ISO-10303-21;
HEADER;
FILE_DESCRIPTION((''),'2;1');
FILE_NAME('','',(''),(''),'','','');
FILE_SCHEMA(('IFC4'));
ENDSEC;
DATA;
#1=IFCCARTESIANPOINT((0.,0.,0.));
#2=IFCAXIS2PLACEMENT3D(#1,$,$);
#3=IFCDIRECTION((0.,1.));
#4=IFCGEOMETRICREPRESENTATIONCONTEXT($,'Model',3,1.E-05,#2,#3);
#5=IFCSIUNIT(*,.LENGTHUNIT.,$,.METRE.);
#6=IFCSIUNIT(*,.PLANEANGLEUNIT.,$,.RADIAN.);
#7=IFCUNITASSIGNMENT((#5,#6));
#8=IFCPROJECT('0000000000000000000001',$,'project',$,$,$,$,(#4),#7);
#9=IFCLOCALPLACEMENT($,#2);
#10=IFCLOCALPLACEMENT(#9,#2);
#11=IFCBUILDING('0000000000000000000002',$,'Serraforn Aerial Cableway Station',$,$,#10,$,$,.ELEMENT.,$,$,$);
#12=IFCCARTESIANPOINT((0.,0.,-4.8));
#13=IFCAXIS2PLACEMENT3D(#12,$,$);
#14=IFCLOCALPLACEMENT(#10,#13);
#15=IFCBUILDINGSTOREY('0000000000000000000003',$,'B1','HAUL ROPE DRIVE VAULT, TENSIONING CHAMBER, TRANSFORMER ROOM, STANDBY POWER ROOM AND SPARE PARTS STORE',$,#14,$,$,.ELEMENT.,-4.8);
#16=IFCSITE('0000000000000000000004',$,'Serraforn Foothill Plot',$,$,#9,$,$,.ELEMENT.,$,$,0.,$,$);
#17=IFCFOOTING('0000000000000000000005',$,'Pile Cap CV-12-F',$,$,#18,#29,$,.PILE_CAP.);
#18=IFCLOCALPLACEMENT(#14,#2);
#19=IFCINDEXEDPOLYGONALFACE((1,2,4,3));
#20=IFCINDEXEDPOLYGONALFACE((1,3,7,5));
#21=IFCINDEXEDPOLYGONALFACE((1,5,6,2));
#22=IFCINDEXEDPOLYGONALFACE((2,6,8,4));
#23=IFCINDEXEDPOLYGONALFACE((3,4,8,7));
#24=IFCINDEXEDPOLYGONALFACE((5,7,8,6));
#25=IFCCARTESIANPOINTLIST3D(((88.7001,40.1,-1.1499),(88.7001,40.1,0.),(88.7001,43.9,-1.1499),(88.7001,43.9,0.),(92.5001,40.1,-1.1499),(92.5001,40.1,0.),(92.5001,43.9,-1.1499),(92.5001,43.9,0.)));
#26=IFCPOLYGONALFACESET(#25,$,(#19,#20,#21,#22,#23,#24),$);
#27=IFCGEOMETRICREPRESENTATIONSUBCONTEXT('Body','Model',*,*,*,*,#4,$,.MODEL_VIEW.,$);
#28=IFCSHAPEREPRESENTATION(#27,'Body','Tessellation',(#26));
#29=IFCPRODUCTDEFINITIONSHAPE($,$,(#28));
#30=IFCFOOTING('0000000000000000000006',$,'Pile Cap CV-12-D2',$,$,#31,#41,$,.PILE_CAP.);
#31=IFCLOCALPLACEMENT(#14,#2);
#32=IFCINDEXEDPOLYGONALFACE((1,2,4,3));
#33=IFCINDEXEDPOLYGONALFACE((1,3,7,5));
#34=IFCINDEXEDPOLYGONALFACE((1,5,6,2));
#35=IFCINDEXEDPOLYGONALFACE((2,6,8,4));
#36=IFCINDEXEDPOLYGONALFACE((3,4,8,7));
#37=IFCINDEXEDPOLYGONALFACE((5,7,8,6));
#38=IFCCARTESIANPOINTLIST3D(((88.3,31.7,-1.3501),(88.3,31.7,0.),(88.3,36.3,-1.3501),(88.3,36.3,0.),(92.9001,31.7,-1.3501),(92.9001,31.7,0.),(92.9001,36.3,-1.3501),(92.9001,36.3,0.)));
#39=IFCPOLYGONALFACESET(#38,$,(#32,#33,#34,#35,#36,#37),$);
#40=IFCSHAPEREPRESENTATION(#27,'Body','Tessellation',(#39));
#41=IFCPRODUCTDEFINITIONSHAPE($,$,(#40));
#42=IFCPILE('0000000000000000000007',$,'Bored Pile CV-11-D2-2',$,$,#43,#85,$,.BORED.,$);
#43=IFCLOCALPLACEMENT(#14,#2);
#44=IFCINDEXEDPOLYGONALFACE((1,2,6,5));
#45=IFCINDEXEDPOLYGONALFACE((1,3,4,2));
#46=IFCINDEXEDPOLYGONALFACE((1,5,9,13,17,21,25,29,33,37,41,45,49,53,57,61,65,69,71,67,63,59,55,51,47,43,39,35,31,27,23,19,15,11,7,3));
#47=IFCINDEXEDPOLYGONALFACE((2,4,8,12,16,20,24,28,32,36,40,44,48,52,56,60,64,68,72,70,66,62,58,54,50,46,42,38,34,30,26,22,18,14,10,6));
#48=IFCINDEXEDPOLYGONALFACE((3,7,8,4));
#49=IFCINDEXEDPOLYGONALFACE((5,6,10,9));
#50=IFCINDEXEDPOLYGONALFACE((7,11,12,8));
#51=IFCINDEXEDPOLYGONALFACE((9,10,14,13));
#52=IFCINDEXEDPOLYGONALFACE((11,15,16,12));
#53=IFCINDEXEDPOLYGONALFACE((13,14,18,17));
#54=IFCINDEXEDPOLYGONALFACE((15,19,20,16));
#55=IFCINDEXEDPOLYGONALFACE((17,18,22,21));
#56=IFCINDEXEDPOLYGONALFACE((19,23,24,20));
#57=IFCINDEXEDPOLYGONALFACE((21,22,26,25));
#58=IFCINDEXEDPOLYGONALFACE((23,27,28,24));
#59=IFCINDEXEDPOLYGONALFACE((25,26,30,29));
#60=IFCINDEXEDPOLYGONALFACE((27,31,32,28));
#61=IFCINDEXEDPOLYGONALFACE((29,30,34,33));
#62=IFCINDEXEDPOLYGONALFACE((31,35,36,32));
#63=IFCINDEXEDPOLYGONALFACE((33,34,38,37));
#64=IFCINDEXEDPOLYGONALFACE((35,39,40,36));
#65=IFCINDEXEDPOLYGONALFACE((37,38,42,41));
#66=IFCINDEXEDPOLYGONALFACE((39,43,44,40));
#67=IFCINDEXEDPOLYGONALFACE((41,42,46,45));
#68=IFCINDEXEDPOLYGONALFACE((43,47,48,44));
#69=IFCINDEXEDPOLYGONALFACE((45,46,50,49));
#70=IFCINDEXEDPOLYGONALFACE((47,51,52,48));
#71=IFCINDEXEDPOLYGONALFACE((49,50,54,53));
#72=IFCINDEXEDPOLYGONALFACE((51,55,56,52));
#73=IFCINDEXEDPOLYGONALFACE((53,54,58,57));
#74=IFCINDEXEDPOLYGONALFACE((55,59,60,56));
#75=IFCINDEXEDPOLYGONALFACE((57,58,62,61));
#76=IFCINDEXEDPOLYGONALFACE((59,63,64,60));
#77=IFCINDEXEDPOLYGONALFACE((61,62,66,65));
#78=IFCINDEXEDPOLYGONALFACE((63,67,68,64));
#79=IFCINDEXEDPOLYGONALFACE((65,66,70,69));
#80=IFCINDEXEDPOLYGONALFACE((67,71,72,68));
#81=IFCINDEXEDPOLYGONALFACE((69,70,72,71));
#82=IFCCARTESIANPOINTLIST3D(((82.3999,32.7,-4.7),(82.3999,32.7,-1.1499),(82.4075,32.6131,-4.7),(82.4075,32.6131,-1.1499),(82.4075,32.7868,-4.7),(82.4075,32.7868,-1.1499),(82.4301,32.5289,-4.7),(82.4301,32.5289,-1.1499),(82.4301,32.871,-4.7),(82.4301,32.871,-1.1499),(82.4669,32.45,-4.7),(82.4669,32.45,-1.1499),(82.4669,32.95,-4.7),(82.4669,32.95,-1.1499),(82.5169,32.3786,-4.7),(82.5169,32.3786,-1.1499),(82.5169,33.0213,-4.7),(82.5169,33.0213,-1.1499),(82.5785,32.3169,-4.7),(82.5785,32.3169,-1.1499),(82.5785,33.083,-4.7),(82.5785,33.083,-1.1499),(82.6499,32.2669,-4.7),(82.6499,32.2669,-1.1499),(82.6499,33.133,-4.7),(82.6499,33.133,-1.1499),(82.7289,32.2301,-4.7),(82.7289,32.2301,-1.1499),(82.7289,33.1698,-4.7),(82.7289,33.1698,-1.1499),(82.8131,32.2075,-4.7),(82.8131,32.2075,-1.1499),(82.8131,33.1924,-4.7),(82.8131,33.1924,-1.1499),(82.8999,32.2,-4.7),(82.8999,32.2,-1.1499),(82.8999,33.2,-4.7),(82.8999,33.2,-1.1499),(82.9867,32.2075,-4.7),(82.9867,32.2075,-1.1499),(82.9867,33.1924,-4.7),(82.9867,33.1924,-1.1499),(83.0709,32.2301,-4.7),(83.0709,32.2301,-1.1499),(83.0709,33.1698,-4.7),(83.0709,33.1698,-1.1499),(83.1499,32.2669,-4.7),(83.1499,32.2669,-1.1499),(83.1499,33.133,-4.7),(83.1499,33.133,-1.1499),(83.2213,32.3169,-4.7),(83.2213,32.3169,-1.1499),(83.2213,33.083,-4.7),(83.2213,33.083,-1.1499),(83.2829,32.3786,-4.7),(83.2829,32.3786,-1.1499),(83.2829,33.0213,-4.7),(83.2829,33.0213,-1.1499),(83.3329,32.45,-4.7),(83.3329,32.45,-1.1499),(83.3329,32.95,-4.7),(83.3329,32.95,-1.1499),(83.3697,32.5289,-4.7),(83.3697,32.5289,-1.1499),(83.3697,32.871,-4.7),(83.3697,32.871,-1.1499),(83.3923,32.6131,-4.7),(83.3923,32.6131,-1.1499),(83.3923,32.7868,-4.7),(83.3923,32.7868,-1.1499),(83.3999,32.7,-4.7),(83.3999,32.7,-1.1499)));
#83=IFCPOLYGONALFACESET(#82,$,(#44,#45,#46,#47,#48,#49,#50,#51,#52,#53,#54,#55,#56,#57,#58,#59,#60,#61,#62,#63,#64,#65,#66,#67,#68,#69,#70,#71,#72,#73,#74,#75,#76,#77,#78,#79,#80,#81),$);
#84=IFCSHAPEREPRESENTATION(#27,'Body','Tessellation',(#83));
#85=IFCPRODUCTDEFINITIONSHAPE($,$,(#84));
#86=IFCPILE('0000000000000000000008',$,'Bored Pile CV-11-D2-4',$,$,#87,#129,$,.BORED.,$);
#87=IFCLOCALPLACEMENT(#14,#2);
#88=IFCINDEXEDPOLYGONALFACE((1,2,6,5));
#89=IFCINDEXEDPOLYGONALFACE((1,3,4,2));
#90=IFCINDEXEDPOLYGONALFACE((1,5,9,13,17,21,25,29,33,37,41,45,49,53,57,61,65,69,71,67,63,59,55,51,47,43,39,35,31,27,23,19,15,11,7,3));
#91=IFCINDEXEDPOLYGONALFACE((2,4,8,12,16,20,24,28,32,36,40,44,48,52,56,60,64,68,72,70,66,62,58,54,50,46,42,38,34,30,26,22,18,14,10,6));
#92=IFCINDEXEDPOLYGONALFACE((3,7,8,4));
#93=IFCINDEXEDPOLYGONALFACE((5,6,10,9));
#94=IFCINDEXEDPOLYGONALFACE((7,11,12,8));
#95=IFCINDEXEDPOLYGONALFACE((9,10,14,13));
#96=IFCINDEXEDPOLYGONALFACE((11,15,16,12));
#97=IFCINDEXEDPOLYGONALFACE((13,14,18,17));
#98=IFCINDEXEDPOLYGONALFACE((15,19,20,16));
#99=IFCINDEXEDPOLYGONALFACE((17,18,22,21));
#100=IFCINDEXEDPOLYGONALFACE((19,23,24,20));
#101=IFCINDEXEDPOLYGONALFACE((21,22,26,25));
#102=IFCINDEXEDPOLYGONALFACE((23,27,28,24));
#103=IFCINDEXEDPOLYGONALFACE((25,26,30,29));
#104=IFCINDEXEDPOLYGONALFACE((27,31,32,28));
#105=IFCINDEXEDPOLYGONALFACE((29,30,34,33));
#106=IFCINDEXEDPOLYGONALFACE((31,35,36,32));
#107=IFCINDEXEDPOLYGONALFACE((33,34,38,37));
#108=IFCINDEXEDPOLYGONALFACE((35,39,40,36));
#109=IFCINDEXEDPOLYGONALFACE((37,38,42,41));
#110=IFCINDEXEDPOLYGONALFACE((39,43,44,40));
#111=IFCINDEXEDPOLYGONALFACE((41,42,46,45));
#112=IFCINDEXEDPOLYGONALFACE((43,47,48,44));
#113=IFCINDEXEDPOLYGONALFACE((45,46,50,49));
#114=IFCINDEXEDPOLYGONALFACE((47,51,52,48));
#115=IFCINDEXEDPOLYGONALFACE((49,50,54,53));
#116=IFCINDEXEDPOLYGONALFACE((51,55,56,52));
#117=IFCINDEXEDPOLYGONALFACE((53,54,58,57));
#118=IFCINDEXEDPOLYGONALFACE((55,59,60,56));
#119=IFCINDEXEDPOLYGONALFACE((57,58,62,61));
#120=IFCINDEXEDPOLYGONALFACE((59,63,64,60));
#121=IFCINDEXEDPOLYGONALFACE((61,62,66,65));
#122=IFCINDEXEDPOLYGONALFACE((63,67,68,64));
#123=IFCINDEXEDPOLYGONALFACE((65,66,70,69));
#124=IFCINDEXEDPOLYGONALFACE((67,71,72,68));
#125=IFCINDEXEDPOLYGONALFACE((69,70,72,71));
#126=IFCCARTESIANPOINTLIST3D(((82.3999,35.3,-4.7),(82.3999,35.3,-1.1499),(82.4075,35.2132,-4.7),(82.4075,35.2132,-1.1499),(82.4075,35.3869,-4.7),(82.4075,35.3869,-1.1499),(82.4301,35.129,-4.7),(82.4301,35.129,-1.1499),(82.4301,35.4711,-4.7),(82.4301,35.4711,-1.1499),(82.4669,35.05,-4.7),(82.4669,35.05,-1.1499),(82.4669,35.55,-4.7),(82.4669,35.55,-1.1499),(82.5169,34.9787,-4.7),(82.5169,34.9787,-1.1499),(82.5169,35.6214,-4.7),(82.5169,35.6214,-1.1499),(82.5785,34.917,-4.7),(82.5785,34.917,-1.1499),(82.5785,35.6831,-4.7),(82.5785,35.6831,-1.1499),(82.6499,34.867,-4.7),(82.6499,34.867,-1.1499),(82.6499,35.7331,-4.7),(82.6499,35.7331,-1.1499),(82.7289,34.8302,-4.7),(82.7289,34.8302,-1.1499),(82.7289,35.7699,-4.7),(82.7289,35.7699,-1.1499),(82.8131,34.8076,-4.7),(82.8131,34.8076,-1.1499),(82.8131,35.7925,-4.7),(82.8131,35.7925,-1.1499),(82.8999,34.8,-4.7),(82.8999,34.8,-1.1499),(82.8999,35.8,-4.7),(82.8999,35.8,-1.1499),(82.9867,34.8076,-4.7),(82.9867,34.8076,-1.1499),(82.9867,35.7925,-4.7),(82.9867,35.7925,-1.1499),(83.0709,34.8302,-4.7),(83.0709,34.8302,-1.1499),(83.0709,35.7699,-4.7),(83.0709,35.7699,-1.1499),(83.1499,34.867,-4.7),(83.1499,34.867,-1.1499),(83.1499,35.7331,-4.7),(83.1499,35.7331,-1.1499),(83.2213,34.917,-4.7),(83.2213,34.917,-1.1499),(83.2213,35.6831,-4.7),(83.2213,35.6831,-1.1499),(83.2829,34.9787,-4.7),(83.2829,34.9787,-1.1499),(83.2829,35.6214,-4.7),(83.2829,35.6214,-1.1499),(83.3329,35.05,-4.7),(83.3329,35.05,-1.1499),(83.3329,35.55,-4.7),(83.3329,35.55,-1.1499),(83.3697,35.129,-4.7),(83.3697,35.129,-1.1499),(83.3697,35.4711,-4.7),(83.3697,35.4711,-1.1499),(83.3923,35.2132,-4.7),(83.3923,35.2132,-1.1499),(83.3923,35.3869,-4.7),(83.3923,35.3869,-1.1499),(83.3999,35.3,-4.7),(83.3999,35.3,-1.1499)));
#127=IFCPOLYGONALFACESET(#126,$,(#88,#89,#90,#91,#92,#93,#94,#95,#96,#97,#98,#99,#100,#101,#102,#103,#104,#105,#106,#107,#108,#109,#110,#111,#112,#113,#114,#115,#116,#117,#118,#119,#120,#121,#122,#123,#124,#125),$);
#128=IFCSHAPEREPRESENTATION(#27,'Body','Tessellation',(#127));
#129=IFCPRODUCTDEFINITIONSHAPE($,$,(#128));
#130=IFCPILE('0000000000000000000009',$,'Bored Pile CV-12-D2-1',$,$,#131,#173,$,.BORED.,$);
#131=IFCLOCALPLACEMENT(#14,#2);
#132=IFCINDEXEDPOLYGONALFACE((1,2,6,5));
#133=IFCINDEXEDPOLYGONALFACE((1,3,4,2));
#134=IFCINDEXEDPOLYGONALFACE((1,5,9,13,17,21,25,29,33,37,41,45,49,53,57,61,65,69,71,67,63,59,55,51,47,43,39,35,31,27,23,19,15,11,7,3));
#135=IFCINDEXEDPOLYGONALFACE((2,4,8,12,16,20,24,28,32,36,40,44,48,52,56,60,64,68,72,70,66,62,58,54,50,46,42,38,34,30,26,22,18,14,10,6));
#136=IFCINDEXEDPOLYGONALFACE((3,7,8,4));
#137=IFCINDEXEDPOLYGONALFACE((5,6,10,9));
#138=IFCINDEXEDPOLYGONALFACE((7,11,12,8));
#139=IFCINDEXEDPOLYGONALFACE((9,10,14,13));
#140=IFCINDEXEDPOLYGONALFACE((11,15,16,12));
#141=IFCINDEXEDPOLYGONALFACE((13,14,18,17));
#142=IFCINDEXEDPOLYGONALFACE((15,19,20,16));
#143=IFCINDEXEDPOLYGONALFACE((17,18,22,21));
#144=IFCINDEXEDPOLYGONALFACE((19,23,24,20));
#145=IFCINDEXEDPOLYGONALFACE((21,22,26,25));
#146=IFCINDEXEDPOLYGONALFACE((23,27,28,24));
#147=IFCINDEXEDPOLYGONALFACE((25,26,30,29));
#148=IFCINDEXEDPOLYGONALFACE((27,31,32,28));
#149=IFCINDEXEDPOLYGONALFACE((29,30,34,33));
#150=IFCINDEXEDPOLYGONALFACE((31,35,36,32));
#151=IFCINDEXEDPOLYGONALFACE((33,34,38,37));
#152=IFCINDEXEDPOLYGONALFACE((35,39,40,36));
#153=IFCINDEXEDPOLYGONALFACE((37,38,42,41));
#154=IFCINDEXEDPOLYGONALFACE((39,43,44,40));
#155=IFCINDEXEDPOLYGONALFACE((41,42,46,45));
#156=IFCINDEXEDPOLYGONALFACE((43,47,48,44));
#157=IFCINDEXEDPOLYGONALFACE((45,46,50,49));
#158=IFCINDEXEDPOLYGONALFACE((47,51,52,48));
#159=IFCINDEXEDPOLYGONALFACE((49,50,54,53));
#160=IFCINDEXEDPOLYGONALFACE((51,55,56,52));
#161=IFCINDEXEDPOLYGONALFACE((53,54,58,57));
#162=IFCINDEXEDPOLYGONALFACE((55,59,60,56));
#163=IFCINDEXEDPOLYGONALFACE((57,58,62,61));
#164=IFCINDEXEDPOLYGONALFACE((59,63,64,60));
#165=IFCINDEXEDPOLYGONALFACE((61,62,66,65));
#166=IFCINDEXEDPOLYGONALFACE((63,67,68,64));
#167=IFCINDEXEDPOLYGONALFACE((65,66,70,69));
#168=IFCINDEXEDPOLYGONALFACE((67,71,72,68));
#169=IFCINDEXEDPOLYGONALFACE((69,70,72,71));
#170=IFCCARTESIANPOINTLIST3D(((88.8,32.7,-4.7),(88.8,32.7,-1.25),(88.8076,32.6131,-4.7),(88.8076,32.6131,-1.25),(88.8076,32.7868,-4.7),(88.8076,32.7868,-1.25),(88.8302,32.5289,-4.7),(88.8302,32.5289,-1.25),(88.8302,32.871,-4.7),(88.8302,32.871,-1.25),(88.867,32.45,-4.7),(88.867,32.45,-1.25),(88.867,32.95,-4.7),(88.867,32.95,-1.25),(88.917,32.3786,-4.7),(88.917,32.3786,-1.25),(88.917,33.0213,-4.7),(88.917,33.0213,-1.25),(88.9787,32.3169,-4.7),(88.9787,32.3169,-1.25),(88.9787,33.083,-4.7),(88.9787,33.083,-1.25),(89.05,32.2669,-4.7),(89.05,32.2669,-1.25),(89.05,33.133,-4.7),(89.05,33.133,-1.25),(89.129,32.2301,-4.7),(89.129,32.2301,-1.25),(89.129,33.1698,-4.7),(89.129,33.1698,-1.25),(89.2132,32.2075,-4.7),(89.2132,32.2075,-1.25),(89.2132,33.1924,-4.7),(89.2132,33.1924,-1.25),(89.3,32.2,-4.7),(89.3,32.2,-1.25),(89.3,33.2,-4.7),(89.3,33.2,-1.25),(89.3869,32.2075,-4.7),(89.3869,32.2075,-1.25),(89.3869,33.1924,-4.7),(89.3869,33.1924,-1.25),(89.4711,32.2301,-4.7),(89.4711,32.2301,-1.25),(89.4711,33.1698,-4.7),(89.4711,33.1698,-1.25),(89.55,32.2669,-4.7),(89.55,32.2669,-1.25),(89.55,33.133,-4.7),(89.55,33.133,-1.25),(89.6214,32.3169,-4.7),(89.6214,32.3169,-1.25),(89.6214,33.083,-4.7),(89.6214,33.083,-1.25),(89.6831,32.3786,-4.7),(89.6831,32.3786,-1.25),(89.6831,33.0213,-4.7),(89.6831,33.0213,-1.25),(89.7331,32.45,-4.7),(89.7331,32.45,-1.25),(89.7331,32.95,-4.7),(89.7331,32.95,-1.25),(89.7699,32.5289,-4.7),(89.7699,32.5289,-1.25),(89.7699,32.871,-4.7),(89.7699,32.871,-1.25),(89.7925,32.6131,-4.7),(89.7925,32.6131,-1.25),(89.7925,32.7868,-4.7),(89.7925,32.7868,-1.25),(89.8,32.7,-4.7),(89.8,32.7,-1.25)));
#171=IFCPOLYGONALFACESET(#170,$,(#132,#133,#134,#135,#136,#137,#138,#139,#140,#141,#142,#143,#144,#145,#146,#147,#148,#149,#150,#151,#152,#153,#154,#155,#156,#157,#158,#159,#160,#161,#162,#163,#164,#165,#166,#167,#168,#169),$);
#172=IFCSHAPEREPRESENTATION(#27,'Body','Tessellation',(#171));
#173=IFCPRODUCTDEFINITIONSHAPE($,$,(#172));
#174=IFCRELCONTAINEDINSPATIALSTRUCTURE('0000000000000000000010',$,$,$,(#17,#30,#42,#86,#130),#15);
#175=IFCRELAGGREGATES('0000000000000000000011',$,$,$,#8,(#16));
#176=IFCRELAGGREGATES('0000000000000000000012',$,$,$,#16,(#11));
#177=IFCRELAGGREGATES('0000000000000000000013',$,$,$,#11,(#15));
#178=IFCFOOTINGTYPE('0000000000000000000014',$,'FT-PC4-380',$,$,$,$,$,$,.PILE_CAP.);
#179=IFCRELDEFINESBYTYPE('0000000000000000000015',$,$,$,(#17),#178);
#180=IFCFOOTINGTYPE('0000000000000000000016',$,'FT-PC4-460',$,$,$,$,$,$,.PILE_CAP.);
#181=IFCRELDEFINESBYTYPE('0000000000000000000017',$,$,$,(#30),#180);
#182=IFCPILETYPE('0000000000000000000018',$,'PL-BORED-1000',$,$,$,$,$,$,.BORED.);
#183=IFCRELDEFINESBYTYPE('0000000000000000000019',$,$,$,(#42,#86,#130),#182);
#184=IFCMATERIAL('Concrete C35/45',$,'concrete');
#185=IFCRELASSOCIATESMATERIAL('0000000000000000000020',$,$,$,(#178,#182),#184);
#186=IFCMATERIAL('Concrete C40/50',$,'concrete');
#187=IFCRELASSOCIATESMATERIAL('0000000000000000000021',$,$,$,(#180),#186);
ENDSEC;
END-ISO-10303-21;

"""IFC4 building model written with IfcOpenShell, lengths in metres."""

from ifc_helpers import new_model, si_unit, direction, frame, origin, origin_2d, place, context, subcontext, project, spatial, rectangle, circle, extrude, material, material_profile, profile_set, type_object, element, save


model = new_model("IFC4")

# Units and contexts
model_context = context("Model", 3, precision=1e-05, world=origin(), true_north=direction((0.0, 1.0)))
body_context = subcontext(model_context, "Body", "Model", "MODEL_VIEW")
ifc_project = project(units=[si_unit("LENGTHUNIT", "METRE"), si_unit("PLANEANGLEUNIT", "RADIAN")], contexts=[model_context])

# Site, building, storey
site_placement = place(None, origin())
site = spatial("IfcSite", under=ifc_project, at=site_placement, Name="Serraforn Foothill Plot", CompositionType="ELEMENT", RefElevation=0.0)
building_placement = place(site_placement, origin())
building = spatial("IfcBuilding", under=site, at=building_placement, Name="Serraforn Aerial Cableway Station", CompositionType="ELEMENT")
storey_placement = place(building_placement, frame((0.0, 0.0, -4.8)))
storey = spatial("IfcBuildingStorey", under=building, at=storey_placement, Name="B1", Description="HAUL ROPE DRIVE VAULT, TENSIONING CHAMBER, TRANSFORMER ROOM, STANDBY POWER ROOM AND SPARE PARTS STORE", CompositionType="ELEMENT", Elevation=-4.8)

# Footings
ifc_material_1 = material(Name="Concrete C35/45", Category="concrete")
footing_type_1 = type_object("IfcFootingType", Name="FT-PC4-380", PredefinedType="PILE_CAP", material=ifc_material_1)
footing_1_placement = place(storey_placement, frame((90.6001, 42.0, -1.1499), z_axis=(0.0, 0.0, 1.0), x_axis=(1.0, 0.0, 0.0)))
element("IfcFooting", 1, at=footing_1_placement, inside=storey, type_object=footing_type_1, Name="Pile Cap CV-12-F", PredefinedType="PILE_CAP", context=body_context, shape_type="SweptSolid", body=[
    extrude(rectangle(XDim=3.8, YDim=3.8, at=origin_2d()), origin(), (0.0, 0.0, 1.0), 1.1499),
])
ifc_material_2 = material(Name="Concrete C40/50", Category="concrete")
footing_type_2 = type_object("IfcFootingType", Name="FT-PC4-460", PredefinedType="PILE_CAP", material=ifc_material_2)
footing_2_placement = place(storey_placement, frame((90.6001, 34.0, -1.3501), z_axis=(0.0, 0.0, 1.0), x_axis=(1.0, 0.0, 0.0)))
element("IfcFooting", 2, at=footing_2_placement, inside=storey, type_object=footing_type_2, Name="Pile Cap CV-12-D2", PredefinedType="PILE_CAP", context=body_context, shape_type="SweptSolid", body=[
    extrude(rectangle(XDim=4.6001, YDim=4.6001, at=origin_2d()), origin(), (0.0, 0.0, 1.0), 1.3501),
])

# Piles
ifc_material_profile_1 = material_profile(ifc_material_1, circle(Radius=0.5, at=origin_2d()), Name="BORED PILE D1000")
ifc_profile_set_1 = profile_set([ifc_material_profile_1], Name="Concrete C35/45")
pile_type_1 = type_object("IfcPileType", Name="PL-BORED-1000", PredefinedType="BORED", material=ifc_profile_set_1)
for number, where, z_axis, x_axis, name in (
    (3, (82.8999, 32.7, -1.1499), (0.0, 0.0, -1.0), (1.0, 0.0, 0.0), "Bored Pile CV-11-D2-2"),
    (4, (82.8999, 35.3, -1.1499), (0.0, 0.0, -1.0), (1.0, 0.0, 0.0), "Bored Pile CV-11-D2-4"),
):
    element("IfcPile", number, at=place(storey_placement, frame(where, z_axis=z_axis, x_axis=x_axis)), inside=storey, type_object=pile_type_1, Name=name, PredefinedType="BORED", context=body_context, shape_type="SweptSolid", body=[
        extrude(circle(Radius=0.5, at=origin_2d()), origin(), (0.0, 0.0, 1.0), 3.55),
    ])
for number, where, z_axis, x_axis, name in (
    (5, (89.3, 32.7, -1.25), (0.0, 0.0, -1.0), (1.0, 0.0, 0.0), "Bored Pile CV-12-D2-1"),
):
    element("IfcPile", number, at=place(storey_placement, frame(where, z_axis=z_axis, x_axis=x_axis)), inside=storey, type_object=pile_type_1, Name=name, PredefinedType="BORED", context=body_context, shape_type="SweptSolid", body=[
        extrude(circle(Radius=0.5, at=origin_2d()), origin(), (0.0, 0.0, 1.0), 3.45),
    ])

save(model, "model.ifc")
